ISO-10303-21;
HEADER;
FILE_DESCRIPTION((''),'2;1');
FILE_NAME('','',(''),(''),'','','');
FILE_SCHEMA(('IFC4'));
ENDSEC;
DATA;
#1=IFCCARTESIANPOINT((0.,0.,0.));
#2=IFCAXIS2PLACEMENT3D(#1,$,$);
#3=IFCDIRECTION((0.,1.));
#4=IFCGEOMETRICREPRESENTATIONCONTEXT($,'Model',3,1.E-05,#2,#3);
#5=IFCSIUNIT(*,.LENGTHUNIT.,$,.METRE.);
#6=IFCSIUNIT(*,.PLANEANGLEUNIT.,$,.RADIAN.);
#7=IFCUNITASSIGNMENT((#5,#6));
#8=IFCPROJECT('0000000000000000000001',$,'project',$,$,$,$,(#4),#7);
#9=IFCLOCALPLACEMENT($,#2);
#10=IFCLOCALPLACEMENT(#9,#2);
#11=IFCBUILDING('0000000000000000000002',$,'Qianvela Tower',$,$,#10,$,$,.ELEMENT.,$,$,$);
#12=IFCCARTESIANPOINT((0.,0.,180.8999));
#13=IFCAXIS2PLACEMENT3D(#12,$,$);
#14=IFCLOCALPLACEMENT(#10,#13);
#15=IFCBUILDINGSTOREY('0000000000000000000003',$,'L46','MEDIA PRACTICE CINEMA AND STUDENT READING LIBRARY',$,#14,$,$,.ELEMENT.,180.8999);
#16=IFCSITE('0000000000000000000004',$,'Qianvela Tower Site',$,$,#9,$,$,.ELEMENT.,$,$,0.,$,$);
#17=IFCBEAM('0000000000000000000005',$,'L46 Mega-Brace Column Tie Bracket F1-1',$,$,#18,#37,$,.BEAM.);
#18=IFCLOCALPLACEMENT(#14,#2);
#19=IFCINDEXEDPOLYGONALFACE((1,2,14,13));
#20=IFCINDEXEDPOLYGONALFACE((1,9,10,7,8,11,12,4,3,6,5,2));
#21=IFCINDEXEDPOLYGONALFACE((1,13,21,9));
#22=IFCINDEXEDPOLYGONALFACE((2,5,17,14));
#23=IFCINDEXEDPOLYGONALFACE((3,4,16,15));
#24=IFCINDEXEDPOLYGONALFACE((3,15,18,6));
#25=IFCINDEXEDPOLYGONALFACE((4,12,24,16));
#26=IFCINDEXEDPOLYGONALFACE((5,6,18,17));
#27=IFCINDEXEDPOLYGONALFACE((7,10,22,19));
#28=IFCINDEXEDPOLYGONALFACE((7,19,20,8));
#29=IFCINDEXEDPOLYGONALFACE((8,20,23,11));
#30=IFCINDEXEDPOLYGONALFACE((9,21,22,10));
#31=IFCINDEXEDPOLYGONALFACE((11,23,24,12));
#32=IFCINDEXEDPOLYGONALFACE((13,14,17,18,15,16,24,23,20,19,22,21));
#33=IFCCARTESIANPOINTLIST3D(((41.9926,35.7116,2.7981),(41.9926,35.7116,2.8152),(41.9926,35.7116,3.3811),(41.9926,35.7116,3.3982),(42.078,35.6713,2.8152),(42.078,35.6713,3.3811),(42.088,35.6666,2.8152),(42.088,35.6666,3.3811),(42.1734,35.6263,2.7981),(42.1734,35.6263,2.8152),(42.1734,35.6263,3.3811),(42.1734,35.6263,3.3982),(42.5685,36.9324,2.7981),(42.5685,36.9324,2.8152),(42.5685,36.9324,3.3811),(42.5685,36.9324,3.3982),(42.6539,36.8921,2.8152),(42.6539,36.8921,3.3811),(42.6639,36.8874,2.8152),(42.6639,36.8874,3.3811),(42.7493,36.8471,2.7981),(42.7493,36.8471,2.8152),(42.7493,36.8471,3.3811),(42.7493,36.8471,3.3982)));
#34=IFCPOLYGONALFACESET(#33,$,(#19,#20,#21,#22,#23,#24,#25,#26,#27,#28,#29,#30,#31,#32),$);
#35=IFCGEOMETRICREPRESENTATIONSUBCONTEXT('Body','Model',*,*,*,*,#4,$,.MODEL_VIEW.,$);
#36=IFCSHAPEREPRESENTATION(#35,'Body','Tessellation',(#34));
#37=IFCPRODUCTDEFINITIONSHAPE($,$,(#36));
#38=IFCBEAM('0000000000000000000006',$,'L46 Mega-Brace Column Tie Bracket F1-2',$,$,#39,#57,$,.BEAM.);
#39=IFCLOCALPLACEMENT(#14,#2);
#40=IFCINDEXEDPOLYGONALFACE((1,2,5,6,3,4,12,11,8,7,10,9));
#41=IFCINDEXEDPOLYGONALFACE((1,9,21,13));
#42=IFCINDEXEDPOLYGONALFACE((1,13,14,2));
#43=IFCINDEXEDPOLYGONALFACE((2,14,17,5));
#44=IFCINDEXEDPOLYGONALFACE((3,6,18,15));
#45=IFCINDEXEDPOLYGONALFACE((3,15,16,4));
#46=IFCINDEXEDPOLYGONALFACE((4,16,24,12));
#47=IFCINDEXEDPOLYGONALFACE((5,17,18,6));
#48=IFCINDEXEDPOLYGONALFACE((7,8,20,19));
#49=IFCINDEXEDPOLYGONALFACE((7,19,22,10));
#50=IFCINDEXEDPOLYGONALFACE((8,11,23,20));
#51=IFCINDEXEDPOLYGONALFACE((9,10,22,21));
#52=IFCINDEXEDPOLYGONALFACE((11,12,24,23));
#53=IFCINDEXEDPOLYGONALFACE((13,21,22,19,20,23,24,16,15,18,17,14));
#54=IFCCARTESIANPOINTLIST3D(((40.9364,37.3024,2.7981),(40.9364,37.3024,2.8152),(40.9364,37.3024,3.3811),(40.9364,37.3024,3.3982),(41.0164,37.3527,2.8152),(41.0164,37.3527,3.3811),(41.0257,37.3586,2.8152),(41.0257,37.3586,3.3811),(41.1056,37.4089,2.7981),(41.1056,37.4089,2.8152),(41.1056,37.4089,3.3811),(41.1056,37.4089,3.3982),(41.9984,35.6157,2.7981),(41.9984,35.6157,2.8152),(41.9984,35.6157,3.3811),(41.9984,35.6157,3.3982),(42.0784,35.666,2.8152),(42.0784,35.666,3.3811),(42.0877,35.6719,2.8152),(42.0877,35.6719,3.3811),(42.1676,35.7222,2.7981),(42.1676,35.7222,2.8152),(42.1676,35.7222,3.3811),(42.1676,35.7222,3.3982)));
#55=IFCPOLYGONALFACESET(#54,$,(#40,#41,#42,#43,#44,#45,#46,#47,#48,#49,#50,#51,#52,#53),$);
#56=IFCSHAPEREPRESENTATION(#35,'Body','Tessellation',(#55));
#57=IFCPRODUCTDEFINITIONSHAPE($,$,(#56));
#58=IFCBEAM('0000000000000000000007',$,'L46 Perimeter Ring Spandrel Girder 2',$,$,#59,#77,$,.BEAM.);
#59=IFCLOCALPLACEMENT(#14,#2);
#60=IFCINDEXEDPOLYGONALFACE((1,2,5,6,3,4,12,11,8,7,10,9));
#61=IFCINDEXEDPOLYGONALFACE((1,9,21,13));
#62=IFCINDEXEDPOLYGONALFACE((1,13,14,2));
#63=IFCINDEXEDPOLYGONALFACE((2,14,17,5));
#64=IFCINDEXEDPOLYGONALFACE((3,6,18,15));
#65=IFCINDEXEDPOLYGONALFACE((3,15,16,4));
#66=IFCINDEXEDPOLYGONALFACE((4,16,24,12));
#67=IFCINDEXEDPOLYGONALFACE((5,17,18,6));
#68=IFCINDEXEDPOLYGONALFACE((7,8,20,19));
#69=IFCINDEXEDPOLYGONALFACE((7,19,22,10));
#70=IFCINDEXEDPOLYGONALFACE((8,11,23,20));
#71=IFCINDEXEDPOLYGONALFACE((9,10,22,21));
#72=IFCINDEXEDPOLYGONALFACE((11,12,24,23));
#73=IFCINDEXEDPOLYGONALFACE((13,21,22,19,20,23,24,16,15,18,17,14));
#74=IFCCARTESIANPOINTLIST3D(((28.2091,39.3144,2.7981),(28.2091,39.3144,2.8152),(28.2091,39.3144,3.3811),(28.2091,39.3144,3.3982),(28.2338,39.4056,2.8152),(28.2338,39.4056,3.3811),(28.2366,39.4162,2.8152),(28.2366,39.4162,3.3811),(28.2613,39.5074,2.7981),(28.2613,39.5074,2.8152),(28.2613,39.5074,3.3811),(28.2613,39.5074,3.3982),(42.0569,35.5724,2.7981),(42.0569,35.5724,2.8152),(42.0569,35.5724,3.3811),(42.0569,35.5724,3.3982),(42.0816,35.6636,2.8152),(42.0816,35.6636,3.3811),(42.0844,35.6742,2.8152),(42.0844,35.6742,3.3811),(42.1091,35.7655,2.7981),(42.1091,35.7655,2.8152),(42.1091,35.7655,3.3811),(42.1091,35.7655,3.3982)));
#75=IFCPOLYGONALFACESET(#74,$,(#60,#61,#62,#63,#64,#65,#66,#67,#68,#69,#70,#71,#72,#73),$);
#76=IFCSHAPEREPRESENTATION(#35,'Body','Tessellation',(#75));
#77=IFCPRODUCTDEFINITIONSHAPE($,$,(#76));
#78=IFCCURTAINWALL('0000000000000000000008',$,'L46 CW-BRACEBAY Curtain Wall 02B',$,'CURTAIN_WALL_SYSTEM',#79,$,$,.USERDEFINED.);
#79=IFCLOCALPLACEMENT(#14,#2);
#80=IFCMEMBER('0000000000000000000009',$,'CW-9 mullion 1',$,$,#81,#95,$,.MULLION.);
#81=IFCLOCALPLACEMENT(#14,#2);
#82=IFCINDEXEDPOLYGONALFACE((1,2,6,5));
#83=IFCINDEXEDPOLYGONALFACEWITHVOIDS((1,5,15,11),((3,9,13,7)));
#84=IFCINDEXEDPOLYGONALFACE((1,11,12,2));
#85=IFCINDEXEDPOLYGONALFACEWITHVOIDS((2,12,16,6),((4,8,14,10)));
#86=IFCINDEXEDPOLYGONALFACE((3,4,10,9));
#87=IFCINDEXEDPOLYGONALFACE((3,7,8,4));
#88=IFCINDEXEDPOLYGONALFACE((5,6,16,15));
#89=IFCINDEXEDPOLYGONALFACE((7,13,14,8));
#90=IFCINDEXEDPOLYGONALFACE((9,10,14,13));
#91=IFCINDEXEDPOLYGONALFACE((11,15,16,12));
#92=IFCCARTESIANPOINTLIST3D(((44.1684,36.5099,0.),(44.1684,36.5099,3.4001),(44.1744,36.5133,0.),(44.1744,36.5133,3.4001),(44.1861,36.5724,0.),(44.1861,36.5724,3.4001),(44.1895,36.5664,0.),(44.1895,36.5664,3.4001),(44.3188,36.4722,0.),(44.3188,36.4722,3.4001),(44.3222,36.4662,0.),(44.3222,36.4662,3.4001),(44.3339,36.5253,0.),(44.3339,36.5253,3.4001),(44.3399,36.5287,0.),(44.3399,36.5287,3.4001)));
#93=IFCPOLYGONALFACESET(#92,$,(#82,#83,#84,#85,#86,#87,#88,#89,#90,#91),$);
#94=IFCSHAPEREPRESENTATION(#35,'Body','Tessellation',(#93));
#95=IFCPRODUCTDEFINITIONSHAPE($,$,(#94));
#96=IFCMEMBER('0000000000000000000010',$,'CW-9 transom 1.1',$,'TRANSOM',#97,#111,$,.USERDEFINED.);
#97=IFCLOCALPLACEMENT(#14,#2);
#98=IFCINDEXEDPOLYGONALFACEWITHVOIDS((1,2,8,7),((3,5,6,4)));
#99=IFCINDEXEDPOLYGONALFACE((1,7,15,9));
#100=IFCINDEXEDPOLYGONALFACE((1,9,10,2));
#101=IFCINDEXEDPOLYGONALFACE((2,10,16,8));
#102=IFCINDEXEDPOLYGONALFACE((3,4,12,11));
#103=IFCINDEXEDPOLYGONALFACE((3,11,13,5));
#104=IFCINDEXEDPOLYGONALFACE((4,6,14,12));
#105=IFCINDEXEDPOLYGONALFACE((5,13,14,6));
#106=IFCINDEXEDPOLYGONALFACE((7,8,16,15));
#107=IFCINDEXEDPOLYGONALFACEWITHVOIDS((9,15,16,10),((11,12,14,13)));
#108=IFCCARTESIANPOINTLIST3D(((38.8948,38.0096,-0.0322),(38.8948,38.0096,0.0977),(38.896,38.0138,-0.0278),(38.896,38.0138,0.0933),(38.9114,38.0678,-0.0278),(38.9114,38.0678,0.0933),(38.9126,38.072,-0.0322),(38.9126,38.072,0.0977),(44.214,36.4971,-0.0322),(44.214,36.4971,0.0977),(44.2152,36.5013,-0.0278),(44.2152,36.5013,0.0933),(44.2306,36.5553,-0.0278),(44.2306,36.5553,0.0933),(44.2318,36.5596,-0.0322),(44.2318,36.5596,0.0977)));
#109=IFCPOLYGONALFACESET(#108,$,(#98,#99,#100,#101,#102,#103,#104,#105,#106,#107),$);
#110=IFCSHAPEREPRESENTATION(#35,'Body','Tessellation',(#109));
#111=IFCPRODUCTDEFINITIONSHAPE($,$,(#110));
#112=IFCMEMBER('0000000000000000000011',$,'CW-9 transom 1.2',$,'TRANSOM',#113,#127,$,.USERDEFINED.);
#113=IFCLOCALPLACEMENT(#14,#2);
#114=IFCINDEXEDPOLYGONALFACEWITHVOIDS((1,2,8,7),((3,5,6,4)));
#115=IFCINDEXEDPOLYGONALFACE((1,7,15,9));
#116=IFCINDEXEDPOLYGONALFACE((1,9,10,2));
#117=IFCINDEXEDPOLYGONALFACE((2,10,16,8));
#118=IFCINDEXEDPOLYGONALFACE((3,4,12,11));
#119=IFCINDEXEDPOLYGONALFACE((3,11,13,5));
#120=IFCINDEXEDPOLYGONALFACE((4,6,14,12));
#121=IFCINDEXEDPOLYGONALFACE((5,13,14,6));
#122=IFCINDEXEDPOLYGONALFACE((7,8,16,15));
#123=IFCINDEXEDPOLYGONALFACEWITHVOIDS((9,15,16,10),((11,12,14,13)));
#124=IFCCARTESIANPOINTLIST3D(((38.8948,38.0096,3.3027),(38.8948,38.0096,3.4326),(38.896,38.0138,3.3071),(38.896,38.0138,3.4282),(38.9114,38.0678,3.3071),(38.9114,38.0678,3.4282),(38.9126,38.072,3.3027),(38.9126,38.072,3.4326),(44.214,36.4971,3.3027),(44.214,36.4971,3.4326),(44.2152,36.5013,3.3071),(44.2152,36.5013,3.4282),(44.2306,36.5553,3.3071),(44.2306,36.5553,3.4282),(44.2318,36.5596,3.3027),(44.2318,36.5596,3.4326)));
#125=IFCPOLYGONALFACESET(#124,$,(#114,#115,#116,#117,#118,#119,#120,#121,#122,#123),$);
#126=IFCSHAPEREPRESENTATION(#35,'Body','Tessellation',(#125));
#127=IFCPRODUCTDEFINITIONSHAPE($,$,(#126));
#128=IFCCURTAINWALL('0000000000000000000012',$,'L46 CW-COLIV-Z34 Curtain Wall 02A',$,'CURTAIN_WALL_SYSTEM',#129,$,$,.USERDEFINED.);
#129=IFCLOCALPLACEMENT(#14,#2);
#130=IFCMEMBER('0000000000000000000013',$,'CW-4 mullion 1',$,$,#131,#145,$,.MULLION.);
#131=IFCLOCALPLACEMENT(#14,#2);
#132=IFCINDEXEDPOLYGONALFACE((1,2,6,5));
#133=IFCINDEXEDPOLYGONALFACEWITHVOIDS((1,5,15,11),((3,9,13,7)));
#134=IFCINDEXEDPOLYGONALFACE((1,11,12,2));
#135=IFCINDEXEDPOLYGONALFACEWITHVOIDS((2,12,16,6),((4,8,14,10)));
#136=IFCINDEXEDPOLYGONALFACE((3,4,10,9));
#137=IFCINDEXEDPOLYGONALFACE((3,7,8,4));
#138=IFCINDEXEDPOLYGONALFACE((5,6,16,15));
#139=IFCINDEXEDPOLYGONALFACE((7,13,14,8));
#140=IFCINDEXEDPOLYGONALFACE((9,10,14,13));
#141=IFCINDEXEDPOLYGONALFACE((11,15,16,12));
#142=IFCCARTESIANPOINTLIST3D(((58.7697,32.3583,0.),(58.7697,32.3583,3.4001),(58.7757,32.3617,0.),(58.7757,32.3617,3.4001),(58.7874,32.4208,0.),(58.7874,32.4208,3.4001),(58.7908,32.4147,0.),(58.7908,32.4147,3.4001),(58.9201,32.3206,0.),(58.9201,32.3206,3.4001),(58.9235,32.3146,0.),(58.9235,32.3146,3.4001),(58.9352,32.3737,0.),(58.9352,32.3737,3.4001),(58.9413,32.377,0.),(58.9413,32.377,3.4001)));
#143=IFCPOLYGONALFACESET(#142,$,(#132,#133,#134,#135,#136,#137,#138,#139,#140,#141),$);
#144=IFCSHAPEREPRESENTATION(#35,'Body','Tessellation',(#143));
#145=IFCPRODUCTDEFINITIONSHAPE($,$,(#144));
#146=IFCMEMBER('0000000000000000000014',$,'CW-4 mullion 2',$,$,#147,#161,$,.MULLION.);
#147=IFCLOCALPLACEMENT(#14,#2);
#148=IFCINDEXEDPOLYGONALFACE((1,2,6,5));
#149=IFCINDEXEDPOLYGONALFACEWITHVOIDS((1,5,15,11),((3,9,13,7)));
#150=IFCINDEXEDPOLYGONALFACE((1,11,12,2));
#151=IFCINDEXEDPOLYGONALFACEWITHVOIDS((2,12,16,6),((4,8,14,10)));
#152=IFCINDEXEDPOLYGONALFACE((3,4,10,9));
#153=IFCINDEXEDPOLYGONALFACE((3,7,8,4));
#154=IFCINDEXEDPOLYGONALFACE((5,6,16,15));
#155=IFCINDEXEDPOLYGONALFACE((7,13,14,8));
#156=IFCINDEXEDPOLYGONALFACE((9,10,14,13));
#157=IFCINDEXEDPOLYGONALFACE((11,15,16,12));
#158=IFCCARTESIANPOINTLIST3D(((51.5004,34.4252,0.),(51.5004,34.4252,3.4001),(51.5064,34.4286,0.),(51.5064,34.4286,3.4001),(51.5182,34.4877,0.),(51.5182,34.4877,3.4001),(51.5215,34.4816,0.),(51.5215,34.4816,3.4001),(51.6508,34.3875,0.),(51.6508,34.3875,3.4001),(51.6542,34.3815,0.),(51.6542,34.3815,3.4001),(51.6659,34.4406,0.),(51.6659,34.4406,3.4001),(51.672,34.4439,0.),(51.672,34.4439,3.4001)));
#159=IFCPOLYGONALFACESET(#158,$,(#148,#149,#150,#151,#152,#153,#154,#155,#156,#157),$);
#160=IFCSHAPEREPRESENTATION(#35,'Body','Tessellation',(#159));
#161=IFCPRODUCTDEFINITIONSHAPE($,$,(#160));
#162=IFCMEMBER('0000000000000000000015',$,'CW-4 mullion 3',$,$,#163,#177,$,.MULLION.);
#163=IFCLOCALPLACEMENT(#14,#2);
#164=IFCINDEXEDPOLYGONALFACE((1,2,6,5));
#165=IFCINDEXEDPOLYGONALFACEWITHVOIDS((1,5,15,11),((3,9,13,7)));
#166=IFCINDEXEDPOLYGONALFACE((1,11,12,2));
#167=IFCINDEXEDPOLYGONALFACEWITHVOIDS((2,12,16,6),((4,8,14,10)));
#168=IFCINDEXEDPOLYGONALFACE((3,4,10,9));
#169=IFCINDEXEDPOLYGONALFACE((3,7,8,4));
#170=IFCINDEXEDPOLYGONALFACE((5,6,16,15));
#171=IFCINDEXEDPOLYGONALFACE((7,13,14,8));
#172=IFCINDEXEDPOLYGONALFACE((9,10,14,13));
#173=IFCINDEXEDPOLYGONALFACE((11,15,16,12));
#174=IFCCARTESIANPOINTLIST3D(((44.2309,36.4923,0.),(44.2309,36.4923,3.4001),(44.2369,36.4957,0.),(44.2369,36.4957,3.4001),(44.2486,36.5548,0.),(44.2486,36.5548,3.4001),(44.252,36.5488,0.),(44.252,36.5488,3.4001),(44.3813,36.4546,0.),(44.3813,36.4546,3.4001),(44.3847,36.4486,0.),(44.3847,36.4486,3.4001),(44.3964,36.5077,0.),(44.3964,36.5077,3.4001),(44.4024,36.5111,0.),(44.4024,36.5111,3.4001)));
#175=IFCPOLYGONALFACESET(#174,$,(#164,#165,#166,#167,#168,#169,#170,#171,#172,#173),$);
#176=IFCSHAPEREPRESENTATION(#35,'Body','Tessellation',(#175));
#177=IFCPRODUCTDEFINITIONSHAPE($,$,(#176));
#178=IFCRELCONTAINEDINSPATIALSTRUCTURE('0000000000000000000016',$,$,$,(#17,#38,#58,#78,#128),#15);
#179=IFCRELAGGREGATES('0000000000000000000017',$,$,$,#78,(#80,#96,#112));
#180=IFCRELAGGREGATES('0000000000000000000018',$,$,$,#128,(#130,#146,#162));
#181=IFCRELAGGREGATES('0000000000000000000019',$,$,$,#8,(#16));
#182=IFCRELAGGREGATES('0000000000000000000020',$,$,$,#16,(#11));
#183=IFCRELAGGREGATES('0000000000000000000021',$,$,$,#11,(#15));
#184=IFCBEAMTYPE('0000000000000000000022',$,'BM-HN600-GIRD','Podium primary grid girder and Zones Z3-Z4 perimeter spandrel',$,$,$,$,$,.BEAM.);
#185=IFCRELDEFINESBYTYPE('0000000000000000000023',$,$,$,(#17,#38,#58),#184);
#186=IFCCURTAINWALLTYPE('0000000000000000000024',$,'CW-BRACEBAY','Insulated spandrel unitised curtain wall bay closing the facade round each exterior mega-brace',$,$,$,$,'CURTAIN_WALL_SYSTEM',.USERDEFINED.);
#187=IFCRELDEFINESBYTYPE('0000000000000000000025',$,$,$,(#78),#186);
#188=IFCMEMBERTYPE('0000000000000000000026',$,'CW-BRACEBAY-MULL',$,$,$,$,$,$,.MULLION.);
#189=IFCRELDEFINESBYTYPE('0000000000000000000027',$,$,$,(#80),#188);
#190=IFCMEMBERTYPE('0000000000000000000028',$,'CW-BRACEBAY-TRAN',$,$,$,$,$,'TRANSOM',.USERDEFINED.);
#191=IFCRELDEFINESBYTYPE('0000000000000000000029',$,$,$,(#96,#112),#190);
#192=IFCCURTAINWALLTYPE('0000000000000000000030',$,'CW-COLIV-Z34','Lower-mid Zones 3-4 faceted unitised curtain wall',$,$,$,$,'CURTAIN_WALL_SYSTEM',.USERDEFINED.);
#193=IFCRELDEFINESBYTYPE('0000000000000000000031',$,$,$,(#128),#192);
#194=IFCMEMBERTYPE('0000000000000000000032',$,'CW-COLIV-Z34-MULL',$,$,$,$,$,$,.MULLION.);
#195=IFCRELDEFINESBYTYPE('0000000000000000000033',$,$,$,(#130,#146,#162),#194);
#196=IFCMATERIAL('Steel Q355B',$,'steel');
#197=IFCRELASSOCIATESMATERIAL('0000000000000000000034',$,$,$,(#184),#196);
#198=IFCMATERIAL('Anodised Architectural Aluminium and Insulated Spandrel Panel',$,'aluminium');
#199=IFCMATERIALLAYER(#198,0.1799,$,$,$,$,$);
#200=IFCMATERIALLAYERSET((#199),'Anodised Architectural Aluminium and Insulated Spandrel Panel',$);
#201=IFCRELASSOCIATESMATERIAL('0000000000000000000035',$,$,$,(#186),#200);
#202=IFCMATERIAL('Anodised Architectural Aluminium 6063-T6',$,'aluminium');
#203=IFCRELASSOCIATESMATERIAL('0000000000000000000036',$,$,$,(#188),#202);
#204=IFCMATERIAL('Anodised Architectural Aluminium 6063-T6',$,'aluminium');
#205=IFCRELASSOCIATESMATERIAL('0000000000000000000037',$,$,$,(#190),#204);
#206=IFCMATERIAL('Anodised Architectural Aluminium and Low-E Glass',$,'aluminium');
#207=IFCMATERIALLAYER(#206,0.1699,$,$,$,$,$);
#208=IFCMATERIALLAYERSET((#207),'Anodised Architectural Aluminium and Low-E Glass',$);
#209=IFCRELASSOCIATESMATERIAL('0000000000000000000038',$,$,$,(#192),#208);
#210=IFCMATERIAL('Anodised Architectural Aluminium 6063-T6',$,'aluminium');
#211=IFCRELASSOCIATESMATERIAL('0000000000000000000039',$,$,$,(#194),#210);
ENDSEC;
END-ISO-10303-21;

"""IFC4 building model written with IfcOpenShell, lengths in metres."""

from ifc_helpers import new_model, si_unit, direction, frame, origin, origin_2d, place, context, subcontext, project, spatial, hollow_rectangle, i_section, extrude, material, layer, layer_set, material_profile, profile_set, type_object, element, aggregate, save


model = new_model("IFC4")

# Units and contexts
model_context = context("Model", 3, precision=1e-05, world=origin(), true_north=direction((0.0, 1.0)))
body_context = subcontext(model_context, "Body", "Model", "MODEL_VIEW")
ifc_project = project(units=[si_unit("LENGTHUNIT", "METRE"), si_unit("PLANEANGLEUNIT", "RADIAN")], contexts=[model_context])

# Site, building, storey
site_placement = place(None, origin())
site = spatial("IfcSite", under=ifc_project, at=site_placement, Name="Qianvela Tower Site", CompositionType="ELEMENT", RefElevation=0.0)
building_placement = place(site_placement, origin())
building = spatial("IfcBuilding", under=site, at=building_placement, Name="Qianvela Tower", CompositionType="ELEMENT")
storey_placement = place(building_placement, frame((0.0, 0.0, 180.8999)))
storey = spatial("IfcBuildingStorey", under=building, at=storey_placement, Name="L46", Description="MEDIA PRACTICE CINEMA AND STUDENT READING LIBRARY", CompositionType="ELEMENT", Elevation=180.8999)

# Beams
ifc_material_1 = material(Name="Steel Q355B", Category="steel")
ifc_material_profile_1 = material_profile(ifc_material_1, i_section(OverallWidth=0.2, OverallDepth=0.6001, WebThickness=0.011, FlangeThickness=0.0171, at=origin_2d()), Name="HN600x200x11x17")
ifc_profile_set_1 = profile_set([ifc_material_profile_1], Name="Steel Q355B")
beam_type = type_object("IfcBeamType", Name="BM-HN600-GIRD", Description="Podium primary grid girder and Zones Z3-Z4 perimeter spandrel", PredefinedType="BEAM", material=ifc_profile_set_1)
beam_1_placement = place(storey_placement, frame((42.083, 35.6689, 3.0981), z_axis=(0.426624, 0.904429, 0.0), x_axis=(-0.904429, 0.426624, 0.0)))
element("IfcBeam", 1, at=beam_1_placement, inside=storey, type_object=beam_type, Name="L46 Mega-Brace Column Tie Bracket F1-1", PredefinedType="BEAM", context=body_context, shape_type="SweptSolid", body=[
    extrude(i_section(OverallWidth=0.2, OverallDepth=0.6001, WebThickness=0.011, FlangeThickness=0.0171, at=origin_2d()), origin(), (0.0, 0.0, 1.0), 1.3499),
])
beam_2_placement = place(storey_placement, frame((42.083, 35.6689, 3.0981), z_axis=(-0.532804, 0.846239, 0.0), x_axis=(-0.846239, -0.532804, 0.0)))
element("IfcBeam", 2, at=beam_2_placement, inside=storey, type_object=beam_type, Name="L46 Mega-Brace Column Tie Bracket F1-2", PredefinedType="BEAM", context=body_context, shape_type="SweptSolid", body=[
    extrude(i_section(OverallWidth=0.2, OverallDepth=0.6001, WebThickness=0.011, FlangeThickness=0.0171, at=origin_2d()), origin(), (0.0, 0.0, 1.0), 1.9932),
])
beam_3_placement = place(storey_placement, frame((42.083, 35.6689, 3.0981), z_axis=(-0.965376, 0.260861, 0.0), x_axis=(-0.260861, -0.965376, 0.0)))
element("IfcBeam", 3, at=beam_3_placement, inside=storey, type_object=beam_type, Name="L46 Perimeter Ring Spandrel Girder 2", PredefinedType="BEAM", context=body_context, shape_type="SweptSolid", body=[
    extrude(i_section(OverallWidth=0.2, OverallDepth=0.6001, WebThickness=0.011, FlangeThickness=0.0171, at=origin_2d()), origin(), (0.0, 0.0, 1.0), 14.3445),
])

# Curtain walls, members
ifc_material_2 = material(Name="Anodised Architectural Aluminium and Insulated Spandrel Panel", Category="aluminium")
ifc_layer_1 = layer(ifc_material_2, 0.1799)
ifc_layer_set_1 = layer_set([ifc_layer_1], Name="Anodised Architectural Aluminium and Insulated Spandrel Panel")
curtain_wall_type_1 = type_object("IfcCurtainWallType", Name="CW-BRACEBAY", Description="Insulated spandrel unitised curtain wall bay closing the facade round each exterior mega-brace", ElementType="CURTAIN_WALL_SYSTEM", PredefinedType="USERDEFINED", material=ifc_layer_set_1)
curtain_wall_1_placement = place(storey_placement, origin())
curtain_wall_1 = element("IfcCurtainWall", 4, at=curtain_wall_1_placement, inside=storey, type_object=curtain_wall_type_1, Name="L46 CW-BRACEBAY Curtain Wall 02B", ObjectType="CURTAIN_WALL_SYSTEM", PredefinedType="USERDEFINED")
ifc_material_3 = material(Name="Anodised Architectural Aluminium 6063-T6", Category="aluminium")
ifc_material_profile_2 = material_profile(ifc_material_3, hollow_rectangle(XDim=0.0649, YDim=0.1599, WallThickness=0.0049, at=origin_2d()), Name="ALU-MULL-65x160")
ifc_profile_set_2 = profile_set([ifc_material_profile_2], Name="Anodised Architectural Aluminium 6063-T6")
member_type_1 = type_object("IfcMemberType", Name="CW-BRACEBAY-MULL", PredefinedType="MULLION", material=ifc_profile_set_2)
member_1_placement = place(storey_placement, frame((44.2542, 36.5193, 0.0), z_axis=(0.0, 0.0, 1.0), x_axis=(-0.273515, -0.961868, 0.0)))
member_1 = element("IfcMember", 5, at=member_1_placement, type_object=member_type_1, Name="CW-9 mullion 1", PredefinedType="MULLION", context=body_context, shape_type="SweptSolid", body=[
    extrude(hollow_rectangle(XDim=0.0649, YDim=0.1599, WallThickness=0.0049, at=origin_2d()), origin(), (0.0, 0.0, 1.0), 3.4001),
])
ifc_material_4 = material(Name="Anodised Architectural Aluminium 6063-T6", Category="aluminium")
ifc_material_profile_3 = material_profile(ifc_material_4, hollow_rectangle(XDim=0.0649, YDim=0.1299, WallThickness=0.0044, at=origin_2d()), Name="ALU-TRAN-65x130")
ifc_profile_set_3 = profile_set([ifc_material_profile_3], Name="Anodised Architectural Aluminium 6063-T6")
member_type_2 = type_object("IfcMemberType", Name="CW-BRACEBAY-TRAN", ElementType="TRANSOM", PredefinedType="USERDEFINED", material=ifc_profile_set_3)
member_2_placement = place(storey_placement, frame((44.2229, 36.5283, 0.0327), z_axis=(-0.961871, 0.273502, 0.0), x_axis=(-0.273502, -0.961871, 0.0)))
member_2 = element("IfcMember", 6, at=member_2_placement, type_object=member_type_2, Name="CW-9 transom 1.1", ObjectType="TRANSOM", PredefinedType="USERDEFINED", context=body_context, shape_type="SweptSolid", body=[
    extrude(hollow_rectangle(XDim=0.0649, YDim=0.1299, WallThickness=0.0044, at=origin_2d()), origin(), (0.0, 0.0, 1.0), 5.53),
])
member_3_placement = place(storey_placement, frame((44.2229, 36.5283, 3.3677), z_axis=(-0.961871, 0.273502, 0.0), x_axis=(-0.273502, -0.961871, 0.0)))
member_3 = element("IfcMember", 7, at=member_3_placement, type_object=member_type_2, Name="CW-9 transom 1.2", ObjectType="TRANSOM", PredefinedType="USERDEFINED", context=body_context, shape_type="SweptSolid", body=[
    extrude(hollow_rectangle(XDim=0.0649, YDim=0.1299, WallThickness=0.0044, at=origin_2d()), origin(), (0.0, 0.0, 1.0), 5.53),
])
ifc_material_5 = material(Name="Anodised Architectural Aluminium and Low-E Glass", Category="aluminium")
ifc_layer_2 = layer(ifc_material_5, 0.1699)
ifc_layer_set_2 = layer_set([ifc_layer_2], Name="Anodised Architectural Aluminium and Low-E Glass")
curtain_wall_type_2 = type_object("IfcCurtainWallType", Name="CW-COLIV-Z34", Description="Lower-mid Zones 3-4 faceted unitised curtain wall", ElementType="CURTAIN_WALL_SYSTEM", PredefinedType="USERDEFINED", material=ifc_layer_set_2)
curtain_wall_2_placement = place(storey_placement, origin())
curtain_wall_2 = element("IfcCurtainWall", 8, at=curtain_wall_2_placement, inside=storey, type_object=curtain_wall_type_2, Name="L46 CW-COLIV-Z34 Curtain Wall 02A", ObjectType="CURTAIN_WALL_SYSTEM", PredefinedType="USERDEFINED")
ifc_material_6 = material(Name="Anodised Architectural Aluminium 6063-T6", Category="aluminium")
ifc_material_profile_4 = material_profile(ifc_material_6, hollow_rectangle(XDim=0.0649, YDim=0.1599, WallThickness=0.0049, at=origin_2d()), Name="ALU-MULL-65x160")
ifc_profile_set_4 = profile_set([ifc_material_profile_4], Name="Anodised Architectural Aluminium 6063-T6")
member_type_3 = type_object("IfcMemberType", Name="CW-COLIV-Z34-MULL", PredefinedType="MULLION", material=ifc_profile_set_4)
member_4_placement = place(storey_placement, frame((58.8555, 32.3677, 0.0), z_axis=(0.0, 0.0, 1.0), x_axis=(-0.273505, -0.961871, 0.0)))
member_4 = element("IfcMember", 9, at=member_4_placement, type_object=member_type_3, Name="CW-4 mullion 1", PredefinedType="MULLION", context=body_context, shape_type="SweptSolid", body=[
    extrude(hollow_rectangle(XDim=0.0649, YDim=0.1599, WallThickness=0.0049, at=origin_2d()), origin(), (0.0, 0.0, 1.0), 3.4001),
])
member_5_placement = place(storey_placement, frame((51.5862, 34.4346, 0.0), z_axis=(0.0, 0.0, 1.0), x_axis=(-0.273505, -0.961871, 0.0)))
member_5 = element("IfcMember", 10, at=member_5_placement, type_object=member_type_3, Name="CW-4 mullion 2", PredefinedType="MULLION", context=body_context, shape_type="SweptSolid", body=[
    extrude(hollow_rectangle(XDim=0.0649, YDim=0.1599, WallThickness=0.0049, at=origin_2d()), origin(), (0.0, 0.0, 1.0), 3.4001),
])
member_6_placement = place(storey_placement, frame((44.3167, 36.5017, 0.0), z_axis=(0.0, 0.0, 1.0), x_axis=(-0.273505, -0.961871, 0.0)))
member_6 = element("IfcMember", 11, at=member_6_placement, type_object=member_type_3, Name="CW-4 mullion 3", PredefinedType="MULLION", context=body_context, shape_type="SweptSolid", body=[
    extrude(hollow_rectangle(XDim=0.0649, YDim=0.1599, WallThickness=0.0049, at=origin_2d()), origin(), (0.0, 0.0, 1.0), 3.4001),
])

aggregate(curtain_wall_1, [member_1, member_2, member_3])
aggregate(curtain_wall_2, [member_4, member_5, member_6])

save(model, "model.ifc")
